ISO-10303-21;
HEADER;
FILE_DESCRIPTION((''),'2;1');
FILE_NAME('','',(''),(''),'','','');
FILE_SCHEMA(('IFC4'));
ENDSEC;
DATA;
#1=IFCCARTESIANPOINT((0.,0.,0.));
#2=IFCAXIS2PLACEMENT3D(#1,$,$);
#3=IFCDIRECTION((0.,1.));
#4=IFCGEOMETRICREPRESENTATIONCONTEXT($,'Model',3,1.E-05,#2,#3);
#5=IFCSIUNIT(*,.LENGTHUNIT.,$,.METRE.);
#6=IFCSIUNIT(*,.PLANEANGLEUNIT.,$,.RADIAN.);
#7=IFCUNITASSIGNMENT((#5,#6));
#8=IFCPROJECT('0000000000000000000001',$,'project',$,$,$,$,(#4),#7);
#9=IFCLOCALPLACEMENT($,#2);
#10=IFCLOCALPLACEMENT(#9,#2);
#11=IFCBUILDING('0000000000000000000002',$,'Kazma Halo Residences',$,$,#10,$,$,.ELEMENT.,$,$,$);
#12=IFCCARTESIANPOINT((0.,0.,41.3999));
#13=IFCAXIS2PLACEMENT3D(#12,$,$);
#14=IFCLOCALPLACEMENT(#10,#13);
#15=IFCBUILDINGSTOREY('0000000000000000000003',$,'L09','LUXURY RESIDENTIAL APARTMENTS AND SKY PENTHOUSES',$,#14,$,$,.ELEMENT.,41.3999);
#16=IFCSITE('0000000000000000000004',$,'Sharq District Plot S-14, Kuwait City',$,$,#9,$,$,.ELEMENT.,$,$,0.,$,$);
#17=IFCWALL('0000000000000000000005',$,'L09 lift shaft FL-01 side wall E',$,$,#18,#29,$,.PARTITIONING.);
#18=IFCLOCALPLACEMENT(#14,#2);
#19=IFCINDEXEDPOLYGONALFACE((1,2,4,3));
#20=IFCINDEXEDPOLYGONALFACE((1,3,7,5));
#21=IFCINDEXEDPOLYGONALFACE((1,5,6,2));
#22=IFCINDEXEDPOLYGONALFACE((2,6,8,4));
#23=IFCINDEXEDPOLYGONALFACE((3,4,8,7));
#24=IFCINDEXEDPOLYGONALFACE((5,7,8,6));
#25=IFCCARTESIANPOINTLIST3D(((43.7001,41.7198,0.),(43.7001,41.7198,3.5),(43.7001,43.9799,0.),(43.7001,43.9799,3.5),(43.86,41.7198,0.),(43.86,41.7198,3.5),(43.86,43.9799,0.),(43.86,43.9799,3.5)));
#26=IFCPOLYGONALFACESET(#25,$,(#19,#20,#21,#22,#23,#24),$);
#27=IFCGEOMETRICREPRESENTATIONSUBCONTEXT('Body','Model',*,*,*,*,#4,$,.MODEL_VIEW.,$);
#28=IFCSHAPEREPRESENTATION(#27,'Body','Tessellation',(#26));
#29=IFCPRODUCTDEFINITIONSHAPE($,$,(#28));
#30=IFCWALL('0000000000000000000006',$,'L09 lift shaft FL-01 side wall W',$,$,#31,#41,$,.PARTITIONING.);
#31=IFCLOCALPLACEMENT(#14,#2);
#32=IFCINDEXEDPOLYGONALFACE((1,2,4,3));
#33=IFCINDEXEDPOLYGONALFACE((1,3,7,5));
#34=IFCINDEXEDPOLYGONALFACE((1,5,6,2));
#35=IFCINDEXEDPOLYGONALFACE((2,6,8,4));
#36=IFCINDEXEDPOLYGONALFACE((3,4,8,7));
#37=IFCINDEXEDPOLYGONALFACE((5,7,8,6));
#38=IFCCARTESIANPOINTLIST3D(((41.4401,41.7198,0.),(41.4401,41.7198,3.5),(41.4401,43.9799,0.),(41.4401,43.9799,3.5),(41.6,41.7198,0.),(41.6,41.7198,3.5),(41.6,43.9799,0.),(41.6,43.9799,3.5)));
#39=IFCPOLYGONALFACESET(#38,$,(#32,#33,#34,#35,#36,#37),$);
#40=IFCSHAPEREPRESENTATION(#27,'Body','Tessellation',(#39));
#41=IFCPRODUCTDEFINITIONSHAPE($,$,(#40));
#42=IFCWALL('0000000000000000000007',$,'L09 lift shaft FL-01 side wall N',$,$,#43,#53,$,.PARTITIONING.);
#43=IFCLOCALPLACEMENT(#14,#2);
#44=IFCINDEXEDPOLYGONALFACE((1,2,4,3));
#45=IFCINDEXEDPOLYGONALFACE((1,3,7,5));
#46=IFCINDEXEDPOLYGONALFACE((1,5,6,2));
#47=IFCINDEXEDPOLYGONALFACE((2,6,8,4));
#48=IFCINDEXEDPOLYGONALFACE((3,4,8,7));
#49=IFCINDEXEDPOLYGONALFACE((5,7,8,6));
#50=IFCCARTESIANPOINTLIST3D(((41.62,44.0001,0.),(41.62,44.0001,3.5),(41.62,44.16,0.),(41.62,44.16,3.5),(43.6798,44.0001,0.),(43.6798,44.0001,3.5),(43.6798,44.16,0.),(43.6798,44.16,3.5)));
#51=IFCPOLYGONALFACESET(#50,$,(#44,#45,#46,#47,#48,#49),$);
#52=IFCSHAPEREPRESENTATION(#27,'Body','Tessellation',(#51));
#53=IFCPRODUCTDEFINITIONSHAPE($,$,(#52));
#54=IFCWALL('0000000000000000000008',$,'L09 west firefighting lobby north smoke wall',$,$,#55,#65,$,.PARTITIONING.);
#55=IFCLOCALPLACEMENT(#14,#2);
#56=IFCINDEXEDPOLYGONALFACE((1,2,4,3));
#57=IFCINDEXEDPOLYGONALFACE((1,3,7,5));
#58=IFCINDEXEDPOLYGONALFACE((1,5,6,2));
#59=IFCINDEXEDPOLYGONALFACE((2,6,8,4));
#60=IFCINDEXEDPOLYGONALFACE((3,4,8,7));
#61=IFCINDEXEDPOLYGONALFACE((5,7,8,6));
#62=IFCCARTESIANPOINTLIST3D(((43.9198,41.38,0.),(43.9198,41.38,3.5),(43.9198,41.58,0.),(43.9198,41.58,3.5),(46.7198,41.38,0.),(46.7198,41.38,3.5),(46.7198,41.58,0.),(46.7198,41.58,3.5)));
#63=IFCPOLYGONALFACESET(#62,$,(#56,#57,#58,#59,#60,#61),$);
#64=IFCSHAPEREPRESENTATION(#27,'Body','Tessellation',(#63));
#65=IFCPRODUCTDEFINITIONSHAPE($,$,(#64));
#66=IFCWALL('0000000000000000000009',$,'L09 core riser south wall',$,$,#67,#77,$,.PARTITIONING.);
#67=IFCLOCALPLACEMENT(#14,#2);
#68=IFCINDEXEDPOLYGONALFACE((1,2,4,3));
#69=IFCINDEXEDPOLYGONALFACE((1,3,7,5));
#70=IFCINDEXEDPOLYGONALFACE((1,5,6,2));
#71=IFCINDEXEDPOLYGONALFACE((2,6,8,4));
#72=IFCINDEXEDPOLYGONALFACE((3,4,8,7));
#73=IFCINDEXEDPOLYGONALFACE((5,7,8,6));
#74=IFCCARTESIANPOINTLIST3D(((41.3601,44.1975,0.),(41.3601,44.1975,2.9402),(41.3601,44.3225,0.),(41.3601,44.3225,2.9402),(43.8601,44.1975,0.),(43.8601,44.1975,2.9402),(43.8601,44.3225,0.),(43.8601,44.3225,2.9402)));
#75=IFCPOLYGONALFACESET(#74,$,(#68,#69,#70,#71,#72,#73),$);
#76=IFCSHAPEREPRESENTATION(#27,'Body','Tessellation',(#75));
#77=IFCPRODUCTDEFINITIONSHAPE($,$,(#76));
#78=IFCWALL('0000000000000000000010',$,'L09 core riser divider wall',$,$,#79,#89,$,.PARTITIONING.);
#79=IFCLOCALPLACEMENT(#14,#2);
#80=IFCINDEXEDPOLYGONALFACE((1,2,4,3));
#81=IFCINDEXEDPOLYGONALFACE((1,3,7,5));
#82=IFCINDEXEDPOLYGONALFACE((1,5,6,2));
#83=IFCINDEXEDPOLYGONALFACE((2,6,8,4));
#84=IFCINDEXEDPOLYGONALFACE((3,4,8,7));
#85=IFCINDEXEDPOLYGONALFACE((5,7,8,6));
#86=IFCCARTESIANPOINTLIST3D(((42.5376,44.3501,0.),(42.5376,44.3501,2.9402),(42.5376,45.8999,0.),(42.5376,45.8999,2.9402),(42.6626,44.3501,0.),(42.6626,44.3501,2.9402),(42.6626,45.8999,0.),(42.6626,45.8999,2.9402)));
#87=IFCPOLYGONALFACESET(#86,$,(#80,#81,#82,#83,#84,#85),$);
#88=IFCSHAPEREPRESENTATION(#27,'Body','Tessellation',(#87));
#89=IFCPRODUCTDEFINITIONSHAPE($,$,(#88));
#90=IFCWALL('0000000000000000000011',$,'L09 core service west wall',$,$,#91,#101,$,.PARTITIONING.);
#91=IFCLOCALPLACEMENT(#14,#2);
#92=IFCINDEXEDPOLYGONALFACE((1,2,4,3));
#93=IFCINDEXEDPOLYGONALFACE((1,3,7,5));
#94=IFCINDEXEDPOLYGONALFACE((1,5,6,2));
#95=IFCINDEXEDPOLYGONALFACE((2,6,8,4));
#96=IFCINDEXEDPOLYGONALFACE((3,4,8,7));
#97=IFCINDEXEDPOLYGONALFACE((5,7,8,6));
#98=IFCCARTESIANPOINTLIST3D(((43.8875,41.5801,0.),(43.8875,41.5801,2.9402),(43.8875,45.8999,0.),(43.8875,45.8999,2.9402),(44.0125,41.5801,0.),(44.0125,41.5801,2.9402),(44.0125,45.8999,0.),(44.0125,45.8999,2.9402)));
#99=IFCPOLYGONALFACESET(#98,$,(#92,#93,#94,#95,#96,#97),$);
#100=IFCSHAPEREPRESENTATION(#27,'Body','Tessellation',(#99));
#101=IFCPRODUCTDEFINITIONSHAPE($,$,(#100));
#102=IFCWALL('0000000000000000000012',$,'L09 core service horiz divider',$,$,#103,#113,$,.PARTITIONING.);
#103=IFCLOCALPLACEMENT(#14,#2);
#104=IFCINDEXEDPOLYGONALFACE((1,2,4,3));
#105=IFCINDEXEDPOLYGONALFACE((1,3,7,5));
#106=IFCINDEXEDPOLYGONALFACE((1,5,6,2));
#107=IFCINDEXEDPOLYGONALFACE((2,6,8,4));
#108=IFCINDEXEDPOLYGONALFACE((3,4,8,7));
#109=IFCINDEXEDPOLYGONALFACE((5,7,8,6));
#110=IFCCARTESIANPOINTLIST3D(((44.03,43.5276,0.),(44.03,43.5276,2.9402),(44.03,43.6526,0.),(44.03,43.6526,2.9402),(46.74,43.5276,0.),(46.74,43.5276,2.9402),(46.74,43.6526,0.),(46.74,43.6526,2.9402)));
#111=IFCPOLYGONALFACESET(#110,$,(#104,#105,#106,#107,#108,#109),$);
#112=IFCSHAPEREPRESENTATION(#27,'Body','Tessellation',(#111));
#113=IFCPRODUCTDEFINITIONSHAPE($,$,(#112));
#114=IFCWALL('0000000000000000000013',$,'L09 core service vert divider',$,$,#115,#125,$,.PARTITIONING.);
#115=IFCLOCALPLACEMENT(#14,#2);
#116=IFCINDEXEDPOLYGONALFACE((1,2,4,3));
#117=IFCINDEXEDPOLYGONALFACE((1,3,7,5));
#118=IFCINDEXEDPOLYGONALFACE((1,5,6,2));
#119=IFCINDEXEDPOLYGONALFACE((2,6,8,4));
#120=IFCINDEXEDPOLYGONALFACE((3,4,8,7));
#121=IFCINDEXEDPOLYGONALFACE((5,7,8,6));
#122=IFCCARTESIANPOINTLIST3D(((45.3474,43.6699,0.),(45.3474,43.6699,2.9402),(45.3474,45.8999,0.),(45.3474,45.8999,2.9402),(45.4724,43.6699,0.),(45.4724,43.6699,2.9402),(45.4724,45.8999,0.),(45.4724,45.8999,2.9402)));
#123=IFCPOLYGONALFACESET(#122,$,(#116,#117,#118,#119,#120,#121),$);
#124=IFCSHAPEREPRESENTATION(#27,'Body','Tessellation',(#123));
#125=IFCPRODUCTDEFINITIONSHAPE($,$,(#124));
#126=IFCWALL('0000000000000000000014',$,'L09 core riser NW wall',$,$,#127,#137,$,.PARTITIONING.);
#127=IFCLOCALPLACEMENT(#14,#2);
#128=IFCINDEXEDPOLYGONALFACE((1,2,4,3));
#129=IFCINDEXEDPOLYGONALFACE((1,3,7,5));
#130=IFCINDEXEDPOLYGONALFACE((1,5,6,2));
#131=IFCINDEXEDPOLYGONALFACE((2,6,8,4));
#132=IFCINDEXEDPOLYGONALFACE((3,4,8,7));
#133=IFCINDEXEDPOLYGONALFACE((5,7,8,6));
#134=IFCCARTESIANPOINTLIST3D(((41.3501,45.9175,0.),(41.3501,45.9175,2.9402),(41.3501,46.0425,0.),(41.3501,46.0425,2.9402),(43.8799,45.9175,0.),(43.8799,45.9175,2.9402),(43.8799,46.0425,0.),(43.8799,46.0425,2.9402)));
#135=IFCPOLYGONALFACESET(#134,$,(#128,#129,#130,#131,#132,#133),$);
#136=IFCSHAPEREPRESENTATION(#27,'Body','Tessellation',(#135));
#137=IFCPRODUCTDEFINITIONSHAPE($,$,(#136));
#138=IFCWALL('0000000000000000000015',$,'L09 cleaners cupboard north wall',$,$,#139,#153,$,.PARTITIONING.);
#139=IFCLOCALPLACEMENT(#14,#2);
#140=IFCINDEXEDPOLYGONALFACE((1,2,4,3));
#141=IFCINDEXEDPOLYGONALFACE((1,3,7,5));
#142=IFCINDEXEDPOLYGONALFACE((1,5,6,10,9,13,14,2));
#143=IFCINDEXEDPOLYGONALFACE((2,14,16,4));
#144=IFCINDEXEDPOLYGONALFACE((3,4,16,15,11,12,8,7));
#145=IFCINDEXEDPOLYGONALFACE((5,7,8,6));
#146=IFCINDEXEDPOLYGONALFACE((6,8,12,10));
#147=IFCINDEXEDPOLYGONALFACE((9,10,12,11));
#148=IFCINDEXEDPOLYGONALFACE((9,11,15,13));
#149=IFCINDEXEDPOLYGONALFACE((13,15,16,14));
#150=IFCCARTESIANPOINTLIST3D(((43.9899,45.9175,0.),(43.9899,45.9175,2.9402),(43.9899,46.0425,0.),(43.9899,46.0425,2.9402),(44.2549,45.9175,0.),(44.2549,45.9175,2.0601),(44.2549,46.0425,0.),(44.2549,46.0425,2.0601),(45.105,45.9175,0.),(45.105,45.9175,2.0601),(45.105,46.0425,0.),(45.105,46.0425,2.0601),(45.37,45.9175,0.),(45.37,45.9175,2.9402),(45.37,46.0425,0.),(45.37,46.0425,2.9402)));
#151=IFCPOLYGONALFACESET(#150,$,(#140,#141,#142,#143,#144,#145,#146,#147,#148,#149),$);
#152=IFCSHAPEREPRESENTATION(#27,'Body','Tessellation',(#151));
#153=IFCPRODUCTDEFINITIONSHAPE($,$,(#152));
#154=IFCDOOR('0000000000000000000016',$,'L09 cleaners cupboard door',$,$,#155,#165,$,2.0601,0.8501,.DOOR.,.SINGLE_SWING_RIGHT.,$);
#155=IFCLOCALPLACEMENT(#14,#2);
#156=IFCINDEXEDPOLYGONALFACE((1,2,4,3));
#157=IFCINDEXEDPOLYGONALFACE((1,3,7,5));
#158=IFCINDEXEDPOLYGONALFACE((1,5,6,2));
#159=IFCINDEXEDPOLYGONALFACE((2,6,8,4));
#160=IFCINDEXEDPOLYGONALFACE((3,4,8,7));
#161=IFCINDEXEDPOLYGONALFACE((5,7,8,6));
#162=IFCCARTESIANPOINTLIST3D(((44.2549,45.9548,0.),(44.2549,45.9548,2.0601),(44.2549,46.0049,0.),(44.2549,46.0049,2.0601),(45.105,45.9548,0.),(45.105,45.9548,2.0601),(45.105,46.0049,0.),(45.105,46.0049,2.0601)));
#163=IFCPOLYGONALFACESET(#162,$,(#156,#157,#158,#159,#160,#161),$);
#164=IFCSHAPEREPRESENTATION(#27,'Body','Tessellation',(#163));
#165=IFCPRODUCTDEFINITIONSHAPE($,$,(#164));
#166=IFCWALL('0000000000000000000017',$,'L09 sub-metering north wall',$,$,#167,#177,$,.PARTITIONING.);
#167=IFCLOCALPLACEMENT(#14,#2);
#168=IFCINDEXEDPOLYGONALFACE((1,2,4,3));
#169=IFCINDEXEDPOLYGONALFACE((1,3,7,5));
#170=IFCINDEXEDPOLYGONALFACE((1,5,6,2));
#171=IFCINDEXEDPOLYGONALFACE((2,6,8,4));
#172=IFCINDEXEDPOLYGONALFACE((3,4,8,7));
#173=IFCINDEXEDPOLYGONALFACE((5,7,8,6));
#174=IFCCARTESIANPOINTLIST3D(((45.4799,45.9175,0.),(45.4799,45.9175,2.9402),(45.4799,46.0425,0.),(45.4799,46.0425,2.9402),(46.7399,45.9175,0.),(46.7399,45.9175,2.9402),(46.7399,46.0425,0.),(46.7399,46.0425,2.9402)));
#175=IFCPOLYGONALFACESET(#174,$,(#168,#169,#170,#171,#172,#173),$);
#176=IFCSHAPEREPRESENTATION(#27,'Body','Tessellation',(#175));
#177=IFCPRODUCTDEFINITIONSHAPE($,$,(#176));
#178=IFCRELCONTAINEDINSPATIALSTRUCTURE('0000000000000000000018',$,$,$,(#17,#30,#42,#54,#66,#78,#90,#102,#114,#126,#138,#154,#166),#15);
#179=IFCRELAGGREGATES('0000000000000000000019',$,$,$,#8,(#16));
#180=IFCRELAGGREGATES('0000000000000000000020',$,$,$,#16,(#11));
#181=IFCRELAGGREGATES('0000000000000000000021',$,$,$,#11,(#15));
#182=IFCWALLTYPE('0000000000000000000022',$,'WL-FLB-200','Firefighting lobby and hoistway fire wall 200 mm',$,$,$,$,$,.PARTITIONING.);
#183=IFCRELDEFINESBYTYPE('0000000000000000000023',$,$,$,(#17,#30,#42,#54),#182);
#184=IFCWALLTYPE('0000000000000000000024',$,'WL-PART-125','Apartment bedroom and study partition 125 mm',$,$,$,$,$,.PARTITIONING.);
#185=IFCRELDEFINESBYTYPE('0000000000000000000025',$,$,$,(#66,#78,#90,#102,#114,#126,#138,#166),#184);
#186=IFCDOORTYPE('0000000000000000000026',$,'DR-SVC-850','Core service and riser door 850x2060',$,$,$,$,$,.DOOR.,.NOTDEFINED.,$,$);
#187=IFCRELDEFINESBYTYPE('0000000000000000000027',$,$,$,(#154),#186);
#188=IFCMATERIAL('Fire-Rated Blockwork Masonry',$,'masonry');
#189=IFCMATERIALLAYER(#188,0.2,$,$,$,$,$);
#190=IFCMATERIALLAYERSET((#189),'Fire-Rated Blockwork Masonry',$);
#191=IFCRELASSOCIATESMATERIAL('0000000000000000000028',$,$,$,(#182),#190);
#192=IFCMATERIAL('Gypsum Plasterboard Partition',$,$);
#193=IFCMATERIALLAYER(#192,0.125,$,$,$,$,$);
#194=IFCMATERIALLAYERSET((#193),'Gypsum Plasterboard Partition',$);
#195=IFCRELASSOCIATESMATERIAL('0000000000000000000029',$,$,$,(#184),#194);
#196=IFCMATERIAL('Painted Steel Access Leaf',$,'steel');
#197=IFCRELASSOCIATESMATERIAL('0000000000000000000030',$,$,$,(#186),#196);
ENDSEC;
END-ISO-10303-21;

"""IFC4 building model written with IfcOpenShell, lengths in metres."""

from ifc_helpers import new_model, si_unit, direction, frame, frame_2d, origin, place, context, subcontext, project, spatial, rectangle, extrude, material, layer, layer_set, type_object, element, fill, save


model = new_model("IFC4")

# Units and contexts
model_context = context("Model", 3, precision=1e-05, world=origin(), true_north=direction((0.0, 1.0)))
body_context = subcontext(model_context, "Body", "Model", "MODEL_VIEW")
ifc_project = project(units=[si_unit("LENGTHUNIT", "METRE"), si_unit("PLANEANGLEUNIT", "RADIAN")], contexts=[model_context])

# Site, building, storey
site_placement = place(None, origin())
site = spatial("IfcSite", under=ifc_project, at=site_placement, Name="Sharq District Plot S-14, Kuwait City", CompositionType="ELEMENT", RefElevation=0.0)
building_placement = place(site_placement, origin())
building = spatial("IfcBuilding", under=site, at=building_placement, Name="Kazma Halo Residences", CompositionType="ELEMENT")
storey_placement = place(building_placement, frame((0.0, 0.0, 41.3999)))
storey = spatial("IfcBuildingStorey", under=building, at=storey_placement, Name="L09", Description="LUXURY RESIDENTIAL APARTMENTS AND SKY PENTHOUSES", CompositionType="ELEMENT", Elevation=41.3999)

# Shared definitions
ifc_material_1 = material(Name="Fire-Rated Blockwork Masonry", Category="masonry")
ifc_layer_1 = layer(ifc_material_1, 0.2)
ifc_layer_set_1 = layer_set([ifc_layer_1], Name="Fire-Rated Blockwork Masonry")
wall_type_1 = type_object("IfcWallType", Name="WL-FLB-200", Description="Firefighting lobby and hoistway fire wall 200 mm", PredefinedType="PARTITIONING", material=ifc_layer_set_1)

# Walls
for number, where, z_axis, x_axis, name in (
    (1, (43.78, 41.72, 0.0), (0.0, 0.0, 1.0), (0.0, 1.0, 0.0), "L09 lift shaft FL-01 side wall E"),
    (2, (41.52, 41.72, 0.0), (0.0, 0.0, 1.0), (0.0, 1.0, 0.0), "L09 lift shaft FL-01 side wall W"),
):
    element("IfcWall", number, at=place(storey_placement, frame(where, z_axis=z_axis, x_axis=x_axis)), inside=storey, type_object=wall_type_1, Name=name, PredefinedType="PARTITIONING", context=body_context, shape_type="SweptSolid", body=[
        extrude(rectangle(XDim=2.26, YDim=0.1599, at=frame_2d((1.1299, 0.0))), origin(), (0.0, 0.0, 1.0), 3.5),
    ])
wall_1_placement = place(storey_placement, frame((41.6201, 44.0801, 0.0), z_axis=(0.0, 0.0, 1.0), x_axis=(1.0, 0.0, 0.0)))
element("IfcWall", 3, at=wall_1_placement, inside=storey, type_object=wall_type_1, Name="L09 lift shaft FL-01 side wall N", PredefinedType="PARTITIONING", context=body_context, shape_type="SweptSolid", body=[
    extrude(rectangle(XDim=2.0598, YDim=0.1599, at=frame_2d((1.0298, 0.0))), origin(), (0.0, 0.0, 1.0), 3.5),
])
wall_2_placement = place(storey_placement, frame((43.9199, 41.48, 0.0), z_axis=(0.0, 0.0, 1.0), x_axis=(1.0, 0.0, 0.0)))
element("IfcWall", 4, at=wall_2_placement, inside=storey, type_object=wall_type_1, Name="L09 west firefighting lobby north smoke wall", PredefinedType="PARTITIONING", context=body_context, shape_type="SweptSolid", body=[
    extrude(rectangle(XDim=2.8, YDim=0.2, at=frame_2d((1.3999, 0.0))), origin(), (0.0, 0.0, 1.0), 3.5),
])
ifc_material_2 = material(Name="Gypsum Plasterboard Partition")
ifc_layer_2 = layer(ifc_material_2, 0.125)
ifc_layer_set_2 = layer_set([ifc_layer_2], Name="Gypsum Plasterboard Partition")
wall_type_2 = type_object("IfcWallType", Name="WL-PART-125", Description="Apartment bedroom and study partition 125 mm", PredefinedType="PARTITIONING", material=ifc_layer_set_2)
wall_3_placement = place(storey_placement, frame((41.3601, 44.26, 0.0), z_axis=(0.0, 0.0, 1.0), x_axis=(1.0, 0.0, 0.0)))
element("IfcWall", 5, at=wall_3_placement, inside=storey, type_object=wall_type_2, Name="L09 core riser south wall", PredefinedType="PARTITIONING", context=body_context, shape_type="SweptSolid", body=[
    extrude(rectangle(XDim=2.5, YDim=0.125, at=frame_2d((1.25, 0.0))), origin(), (0.0, 0.0, 1.0), 2.9402),
])
wall_4_placement = place(storey_placement, frame((42.6001, 44.3501, 0.0), z_axis=(0.0, 0.0, 1.0), x_axis=(0.0, 1.0, 0.0)))
element("IfcWall", 6, at=wall_4_placement, inside=storey, type_object=wall_type_2, Name="L09 core riser divider wall", PredefinedType="PARTITIONING", context=body_context, shape_type="SweptSolid", body=[
    extrude(rectangle(XDim=1.5498, YDim=0.125, at=frame_2d((0.7749, 0.0))), origin(), (0.0, 0.0, 1.0), 2.9402),
])
wall_5_placement = place(storey_placement, frame((43.95, 41.5801, 0.0), z_axis=(0.0, 0.0, 1.0), x_axis=(0.0, 1.0, 0.0)))
element("IfcWall", 7, at=wall_5_placement, inside=storey, type_object=wall_type_2, Name="L09 core service west wall", PredefinedType="PARTITIONING", context=body_context, shape_type="SweptSolid", body=[
    extrude(rectangle(XDim=4.3198, YDim=0.125, at=frame_2d((2.1599, 0.0))), origin(), (0.0, 0.0, 1.0), 2.9402),
])
wall_6_placement = place(storey_placement, frame((44.03, 43.5901, 0.0), z_axis=(0.0, 0.0, 1.0), x_axis=(1.0, 0.0, 0.0)))
element("IfcWall", 8, at=wall_6_placement, inside=storey, type_object=wall_type_2, Name="L09 core service horiz divider", PredefinedType="PARTITIONING", context=body_context, shape_type="SweptSolid", body=[
    extrude(rectangle(XDim=2.71, YDim=0.125, at=frame_2d((1.355, 0.0))), origin(), (0.0, 0.0, 1.0), 2.9402),
])
wall_7_placement = place(storey_placement, frame((45.4099, 43.6699, 0.0), z_axis=(0.0, 0.0, 1.0), x_axis=(0.0, 1.0, 0.0)))
element("IfcWall", 9, at=wall_7_placement, inside=storey, type_object=wall_type_2, Name="L09 core service vert divider", PredefinedType="PARTITIONING", context=body_context, shape_type="SweptSolid", body=[
    extrude(rectangle(XDim=2.23, YDim=0.125, at=frame_2d((1.115, 0.0))), origin(), (0.0, 0.0, 1.0), 2.9402),
])
wall_8_placement = place(storey_placement, frame((41.3501, 45.98, 0.0), z_axis=(0.0, 0.0, 1.0), x_axis=(1.0, 0.0, 0.0)))
element("IfcWall", 10, at=wall_8_placement, inside=storey, type_object=wall_type_2, Name="L09 core riser NW wall", PredefinedType="PARTITIONING", context=body_context, shape_type="SweptSolid", body=[
    extrude(rectangle(XDim=2.5298, YDim=0.125, at=frame_2d((1.2649, 0.0))), origin(), (0.0, 0.0, 1.0), 2.9402),
])

# Wall, opening, door
wall_9_placement = place(storey_placement, frame((43.99, 45.98, 0.0), z_axis=(0.0, 0.0, 1.0), x_axis=(1.0, 0.0, 0.0)))
wall_9 = element("IfcWall", 11, at=wall_9_placement, inside=storey, type_object=wall_type_2, Name="L09 cleaners cupboard north wall", PredefinedType="PARTITIONING", context=body_context, shape_type="SweptSolid", body=[
    extrude(rectangle(XDim=1.3801, YDim=0.125, at=frame_2d((0.6899, 0.0))), origin(), (0.0, 0.0, 1.0), 2.9402),
])
opening_1_placement = place(wall_9_placement, frame((0.2649, 0.0, 0.0)))
opening_1 = element("IfcOpeningElement", 12, at=opening_1_placement, cuts=wall_9, PredefinedType="OPENING", context=body_context, shape_type="SweptSolid", body=[
    extrude(rectangle(XDim=0.8501, YDim=2.0601, at=frame_2d((0.425, 1.03))), frame((0.0, 0.0725, 0.0), z_axis=(0.0, -1.0, 0.0), x_axis=(1.0, 0.0, 0.0)), (0.0, 0.0, 1.0), 0.145),
])
ifc_material_3 = material(Name="Painted Steel Access Leaf", Category="steel")
door_type_1 = type_object("IfcDoorType", Name="DR-SVC-850", Description="Core service and riser door 850x2060", OperationType="NOTDEFINED", PredefinedType="DOOR", material=ifc_material_3)
door_1_placement = place(opening_1_placement, origin())
door_1 = element("IfcDoor", 13, at=door_1_placement, inside=storey, type_object=door_type_1, Name="L09 cleaners cupboard door", OperationType="SINGLE_SWING_RIGHT", OverallHeight=2.0601, OverallWidth=0.8501, PredefinedType="DOOR", context=body_context, shape_type="SweptSolid", body=[
    extrude(rectangle(XDim=0.8501, YDim=2.0601, at=frame_2d((0.425, 1.03))), frame((0.0, 0.0249, 0.0), z_axis=(0.0, -1.0, 0.0), x_axis=(1.0, 0.0, 0.0)), (0.0, 0.0, 1.0), 0.05),
])
fill(opening_1, door_1)

# Wall
wall_10_placement = place(storey_placement, frame((45.48, 45.98, 0.0), z_axis=(0.0, 0.0, 1.0), x_axis=(1.0, 0.0, 0.0)))
element("IfcWall", 14, at=wall_10_placement, inside=storey, type_object=wall_type_2, Name="L09 sub-metering north wall", PredefinedType="PARTITIONING", context=body_context, shape_type="SweptSolid", body=[
    extrude(rectangle(XDim=1.26, YDim=0.125, at=frame_2d((0.6299, 0.0))), origin(), (0.0, 0.0, 1.0), 2.9402),
])

save(model, "model.ifc")
